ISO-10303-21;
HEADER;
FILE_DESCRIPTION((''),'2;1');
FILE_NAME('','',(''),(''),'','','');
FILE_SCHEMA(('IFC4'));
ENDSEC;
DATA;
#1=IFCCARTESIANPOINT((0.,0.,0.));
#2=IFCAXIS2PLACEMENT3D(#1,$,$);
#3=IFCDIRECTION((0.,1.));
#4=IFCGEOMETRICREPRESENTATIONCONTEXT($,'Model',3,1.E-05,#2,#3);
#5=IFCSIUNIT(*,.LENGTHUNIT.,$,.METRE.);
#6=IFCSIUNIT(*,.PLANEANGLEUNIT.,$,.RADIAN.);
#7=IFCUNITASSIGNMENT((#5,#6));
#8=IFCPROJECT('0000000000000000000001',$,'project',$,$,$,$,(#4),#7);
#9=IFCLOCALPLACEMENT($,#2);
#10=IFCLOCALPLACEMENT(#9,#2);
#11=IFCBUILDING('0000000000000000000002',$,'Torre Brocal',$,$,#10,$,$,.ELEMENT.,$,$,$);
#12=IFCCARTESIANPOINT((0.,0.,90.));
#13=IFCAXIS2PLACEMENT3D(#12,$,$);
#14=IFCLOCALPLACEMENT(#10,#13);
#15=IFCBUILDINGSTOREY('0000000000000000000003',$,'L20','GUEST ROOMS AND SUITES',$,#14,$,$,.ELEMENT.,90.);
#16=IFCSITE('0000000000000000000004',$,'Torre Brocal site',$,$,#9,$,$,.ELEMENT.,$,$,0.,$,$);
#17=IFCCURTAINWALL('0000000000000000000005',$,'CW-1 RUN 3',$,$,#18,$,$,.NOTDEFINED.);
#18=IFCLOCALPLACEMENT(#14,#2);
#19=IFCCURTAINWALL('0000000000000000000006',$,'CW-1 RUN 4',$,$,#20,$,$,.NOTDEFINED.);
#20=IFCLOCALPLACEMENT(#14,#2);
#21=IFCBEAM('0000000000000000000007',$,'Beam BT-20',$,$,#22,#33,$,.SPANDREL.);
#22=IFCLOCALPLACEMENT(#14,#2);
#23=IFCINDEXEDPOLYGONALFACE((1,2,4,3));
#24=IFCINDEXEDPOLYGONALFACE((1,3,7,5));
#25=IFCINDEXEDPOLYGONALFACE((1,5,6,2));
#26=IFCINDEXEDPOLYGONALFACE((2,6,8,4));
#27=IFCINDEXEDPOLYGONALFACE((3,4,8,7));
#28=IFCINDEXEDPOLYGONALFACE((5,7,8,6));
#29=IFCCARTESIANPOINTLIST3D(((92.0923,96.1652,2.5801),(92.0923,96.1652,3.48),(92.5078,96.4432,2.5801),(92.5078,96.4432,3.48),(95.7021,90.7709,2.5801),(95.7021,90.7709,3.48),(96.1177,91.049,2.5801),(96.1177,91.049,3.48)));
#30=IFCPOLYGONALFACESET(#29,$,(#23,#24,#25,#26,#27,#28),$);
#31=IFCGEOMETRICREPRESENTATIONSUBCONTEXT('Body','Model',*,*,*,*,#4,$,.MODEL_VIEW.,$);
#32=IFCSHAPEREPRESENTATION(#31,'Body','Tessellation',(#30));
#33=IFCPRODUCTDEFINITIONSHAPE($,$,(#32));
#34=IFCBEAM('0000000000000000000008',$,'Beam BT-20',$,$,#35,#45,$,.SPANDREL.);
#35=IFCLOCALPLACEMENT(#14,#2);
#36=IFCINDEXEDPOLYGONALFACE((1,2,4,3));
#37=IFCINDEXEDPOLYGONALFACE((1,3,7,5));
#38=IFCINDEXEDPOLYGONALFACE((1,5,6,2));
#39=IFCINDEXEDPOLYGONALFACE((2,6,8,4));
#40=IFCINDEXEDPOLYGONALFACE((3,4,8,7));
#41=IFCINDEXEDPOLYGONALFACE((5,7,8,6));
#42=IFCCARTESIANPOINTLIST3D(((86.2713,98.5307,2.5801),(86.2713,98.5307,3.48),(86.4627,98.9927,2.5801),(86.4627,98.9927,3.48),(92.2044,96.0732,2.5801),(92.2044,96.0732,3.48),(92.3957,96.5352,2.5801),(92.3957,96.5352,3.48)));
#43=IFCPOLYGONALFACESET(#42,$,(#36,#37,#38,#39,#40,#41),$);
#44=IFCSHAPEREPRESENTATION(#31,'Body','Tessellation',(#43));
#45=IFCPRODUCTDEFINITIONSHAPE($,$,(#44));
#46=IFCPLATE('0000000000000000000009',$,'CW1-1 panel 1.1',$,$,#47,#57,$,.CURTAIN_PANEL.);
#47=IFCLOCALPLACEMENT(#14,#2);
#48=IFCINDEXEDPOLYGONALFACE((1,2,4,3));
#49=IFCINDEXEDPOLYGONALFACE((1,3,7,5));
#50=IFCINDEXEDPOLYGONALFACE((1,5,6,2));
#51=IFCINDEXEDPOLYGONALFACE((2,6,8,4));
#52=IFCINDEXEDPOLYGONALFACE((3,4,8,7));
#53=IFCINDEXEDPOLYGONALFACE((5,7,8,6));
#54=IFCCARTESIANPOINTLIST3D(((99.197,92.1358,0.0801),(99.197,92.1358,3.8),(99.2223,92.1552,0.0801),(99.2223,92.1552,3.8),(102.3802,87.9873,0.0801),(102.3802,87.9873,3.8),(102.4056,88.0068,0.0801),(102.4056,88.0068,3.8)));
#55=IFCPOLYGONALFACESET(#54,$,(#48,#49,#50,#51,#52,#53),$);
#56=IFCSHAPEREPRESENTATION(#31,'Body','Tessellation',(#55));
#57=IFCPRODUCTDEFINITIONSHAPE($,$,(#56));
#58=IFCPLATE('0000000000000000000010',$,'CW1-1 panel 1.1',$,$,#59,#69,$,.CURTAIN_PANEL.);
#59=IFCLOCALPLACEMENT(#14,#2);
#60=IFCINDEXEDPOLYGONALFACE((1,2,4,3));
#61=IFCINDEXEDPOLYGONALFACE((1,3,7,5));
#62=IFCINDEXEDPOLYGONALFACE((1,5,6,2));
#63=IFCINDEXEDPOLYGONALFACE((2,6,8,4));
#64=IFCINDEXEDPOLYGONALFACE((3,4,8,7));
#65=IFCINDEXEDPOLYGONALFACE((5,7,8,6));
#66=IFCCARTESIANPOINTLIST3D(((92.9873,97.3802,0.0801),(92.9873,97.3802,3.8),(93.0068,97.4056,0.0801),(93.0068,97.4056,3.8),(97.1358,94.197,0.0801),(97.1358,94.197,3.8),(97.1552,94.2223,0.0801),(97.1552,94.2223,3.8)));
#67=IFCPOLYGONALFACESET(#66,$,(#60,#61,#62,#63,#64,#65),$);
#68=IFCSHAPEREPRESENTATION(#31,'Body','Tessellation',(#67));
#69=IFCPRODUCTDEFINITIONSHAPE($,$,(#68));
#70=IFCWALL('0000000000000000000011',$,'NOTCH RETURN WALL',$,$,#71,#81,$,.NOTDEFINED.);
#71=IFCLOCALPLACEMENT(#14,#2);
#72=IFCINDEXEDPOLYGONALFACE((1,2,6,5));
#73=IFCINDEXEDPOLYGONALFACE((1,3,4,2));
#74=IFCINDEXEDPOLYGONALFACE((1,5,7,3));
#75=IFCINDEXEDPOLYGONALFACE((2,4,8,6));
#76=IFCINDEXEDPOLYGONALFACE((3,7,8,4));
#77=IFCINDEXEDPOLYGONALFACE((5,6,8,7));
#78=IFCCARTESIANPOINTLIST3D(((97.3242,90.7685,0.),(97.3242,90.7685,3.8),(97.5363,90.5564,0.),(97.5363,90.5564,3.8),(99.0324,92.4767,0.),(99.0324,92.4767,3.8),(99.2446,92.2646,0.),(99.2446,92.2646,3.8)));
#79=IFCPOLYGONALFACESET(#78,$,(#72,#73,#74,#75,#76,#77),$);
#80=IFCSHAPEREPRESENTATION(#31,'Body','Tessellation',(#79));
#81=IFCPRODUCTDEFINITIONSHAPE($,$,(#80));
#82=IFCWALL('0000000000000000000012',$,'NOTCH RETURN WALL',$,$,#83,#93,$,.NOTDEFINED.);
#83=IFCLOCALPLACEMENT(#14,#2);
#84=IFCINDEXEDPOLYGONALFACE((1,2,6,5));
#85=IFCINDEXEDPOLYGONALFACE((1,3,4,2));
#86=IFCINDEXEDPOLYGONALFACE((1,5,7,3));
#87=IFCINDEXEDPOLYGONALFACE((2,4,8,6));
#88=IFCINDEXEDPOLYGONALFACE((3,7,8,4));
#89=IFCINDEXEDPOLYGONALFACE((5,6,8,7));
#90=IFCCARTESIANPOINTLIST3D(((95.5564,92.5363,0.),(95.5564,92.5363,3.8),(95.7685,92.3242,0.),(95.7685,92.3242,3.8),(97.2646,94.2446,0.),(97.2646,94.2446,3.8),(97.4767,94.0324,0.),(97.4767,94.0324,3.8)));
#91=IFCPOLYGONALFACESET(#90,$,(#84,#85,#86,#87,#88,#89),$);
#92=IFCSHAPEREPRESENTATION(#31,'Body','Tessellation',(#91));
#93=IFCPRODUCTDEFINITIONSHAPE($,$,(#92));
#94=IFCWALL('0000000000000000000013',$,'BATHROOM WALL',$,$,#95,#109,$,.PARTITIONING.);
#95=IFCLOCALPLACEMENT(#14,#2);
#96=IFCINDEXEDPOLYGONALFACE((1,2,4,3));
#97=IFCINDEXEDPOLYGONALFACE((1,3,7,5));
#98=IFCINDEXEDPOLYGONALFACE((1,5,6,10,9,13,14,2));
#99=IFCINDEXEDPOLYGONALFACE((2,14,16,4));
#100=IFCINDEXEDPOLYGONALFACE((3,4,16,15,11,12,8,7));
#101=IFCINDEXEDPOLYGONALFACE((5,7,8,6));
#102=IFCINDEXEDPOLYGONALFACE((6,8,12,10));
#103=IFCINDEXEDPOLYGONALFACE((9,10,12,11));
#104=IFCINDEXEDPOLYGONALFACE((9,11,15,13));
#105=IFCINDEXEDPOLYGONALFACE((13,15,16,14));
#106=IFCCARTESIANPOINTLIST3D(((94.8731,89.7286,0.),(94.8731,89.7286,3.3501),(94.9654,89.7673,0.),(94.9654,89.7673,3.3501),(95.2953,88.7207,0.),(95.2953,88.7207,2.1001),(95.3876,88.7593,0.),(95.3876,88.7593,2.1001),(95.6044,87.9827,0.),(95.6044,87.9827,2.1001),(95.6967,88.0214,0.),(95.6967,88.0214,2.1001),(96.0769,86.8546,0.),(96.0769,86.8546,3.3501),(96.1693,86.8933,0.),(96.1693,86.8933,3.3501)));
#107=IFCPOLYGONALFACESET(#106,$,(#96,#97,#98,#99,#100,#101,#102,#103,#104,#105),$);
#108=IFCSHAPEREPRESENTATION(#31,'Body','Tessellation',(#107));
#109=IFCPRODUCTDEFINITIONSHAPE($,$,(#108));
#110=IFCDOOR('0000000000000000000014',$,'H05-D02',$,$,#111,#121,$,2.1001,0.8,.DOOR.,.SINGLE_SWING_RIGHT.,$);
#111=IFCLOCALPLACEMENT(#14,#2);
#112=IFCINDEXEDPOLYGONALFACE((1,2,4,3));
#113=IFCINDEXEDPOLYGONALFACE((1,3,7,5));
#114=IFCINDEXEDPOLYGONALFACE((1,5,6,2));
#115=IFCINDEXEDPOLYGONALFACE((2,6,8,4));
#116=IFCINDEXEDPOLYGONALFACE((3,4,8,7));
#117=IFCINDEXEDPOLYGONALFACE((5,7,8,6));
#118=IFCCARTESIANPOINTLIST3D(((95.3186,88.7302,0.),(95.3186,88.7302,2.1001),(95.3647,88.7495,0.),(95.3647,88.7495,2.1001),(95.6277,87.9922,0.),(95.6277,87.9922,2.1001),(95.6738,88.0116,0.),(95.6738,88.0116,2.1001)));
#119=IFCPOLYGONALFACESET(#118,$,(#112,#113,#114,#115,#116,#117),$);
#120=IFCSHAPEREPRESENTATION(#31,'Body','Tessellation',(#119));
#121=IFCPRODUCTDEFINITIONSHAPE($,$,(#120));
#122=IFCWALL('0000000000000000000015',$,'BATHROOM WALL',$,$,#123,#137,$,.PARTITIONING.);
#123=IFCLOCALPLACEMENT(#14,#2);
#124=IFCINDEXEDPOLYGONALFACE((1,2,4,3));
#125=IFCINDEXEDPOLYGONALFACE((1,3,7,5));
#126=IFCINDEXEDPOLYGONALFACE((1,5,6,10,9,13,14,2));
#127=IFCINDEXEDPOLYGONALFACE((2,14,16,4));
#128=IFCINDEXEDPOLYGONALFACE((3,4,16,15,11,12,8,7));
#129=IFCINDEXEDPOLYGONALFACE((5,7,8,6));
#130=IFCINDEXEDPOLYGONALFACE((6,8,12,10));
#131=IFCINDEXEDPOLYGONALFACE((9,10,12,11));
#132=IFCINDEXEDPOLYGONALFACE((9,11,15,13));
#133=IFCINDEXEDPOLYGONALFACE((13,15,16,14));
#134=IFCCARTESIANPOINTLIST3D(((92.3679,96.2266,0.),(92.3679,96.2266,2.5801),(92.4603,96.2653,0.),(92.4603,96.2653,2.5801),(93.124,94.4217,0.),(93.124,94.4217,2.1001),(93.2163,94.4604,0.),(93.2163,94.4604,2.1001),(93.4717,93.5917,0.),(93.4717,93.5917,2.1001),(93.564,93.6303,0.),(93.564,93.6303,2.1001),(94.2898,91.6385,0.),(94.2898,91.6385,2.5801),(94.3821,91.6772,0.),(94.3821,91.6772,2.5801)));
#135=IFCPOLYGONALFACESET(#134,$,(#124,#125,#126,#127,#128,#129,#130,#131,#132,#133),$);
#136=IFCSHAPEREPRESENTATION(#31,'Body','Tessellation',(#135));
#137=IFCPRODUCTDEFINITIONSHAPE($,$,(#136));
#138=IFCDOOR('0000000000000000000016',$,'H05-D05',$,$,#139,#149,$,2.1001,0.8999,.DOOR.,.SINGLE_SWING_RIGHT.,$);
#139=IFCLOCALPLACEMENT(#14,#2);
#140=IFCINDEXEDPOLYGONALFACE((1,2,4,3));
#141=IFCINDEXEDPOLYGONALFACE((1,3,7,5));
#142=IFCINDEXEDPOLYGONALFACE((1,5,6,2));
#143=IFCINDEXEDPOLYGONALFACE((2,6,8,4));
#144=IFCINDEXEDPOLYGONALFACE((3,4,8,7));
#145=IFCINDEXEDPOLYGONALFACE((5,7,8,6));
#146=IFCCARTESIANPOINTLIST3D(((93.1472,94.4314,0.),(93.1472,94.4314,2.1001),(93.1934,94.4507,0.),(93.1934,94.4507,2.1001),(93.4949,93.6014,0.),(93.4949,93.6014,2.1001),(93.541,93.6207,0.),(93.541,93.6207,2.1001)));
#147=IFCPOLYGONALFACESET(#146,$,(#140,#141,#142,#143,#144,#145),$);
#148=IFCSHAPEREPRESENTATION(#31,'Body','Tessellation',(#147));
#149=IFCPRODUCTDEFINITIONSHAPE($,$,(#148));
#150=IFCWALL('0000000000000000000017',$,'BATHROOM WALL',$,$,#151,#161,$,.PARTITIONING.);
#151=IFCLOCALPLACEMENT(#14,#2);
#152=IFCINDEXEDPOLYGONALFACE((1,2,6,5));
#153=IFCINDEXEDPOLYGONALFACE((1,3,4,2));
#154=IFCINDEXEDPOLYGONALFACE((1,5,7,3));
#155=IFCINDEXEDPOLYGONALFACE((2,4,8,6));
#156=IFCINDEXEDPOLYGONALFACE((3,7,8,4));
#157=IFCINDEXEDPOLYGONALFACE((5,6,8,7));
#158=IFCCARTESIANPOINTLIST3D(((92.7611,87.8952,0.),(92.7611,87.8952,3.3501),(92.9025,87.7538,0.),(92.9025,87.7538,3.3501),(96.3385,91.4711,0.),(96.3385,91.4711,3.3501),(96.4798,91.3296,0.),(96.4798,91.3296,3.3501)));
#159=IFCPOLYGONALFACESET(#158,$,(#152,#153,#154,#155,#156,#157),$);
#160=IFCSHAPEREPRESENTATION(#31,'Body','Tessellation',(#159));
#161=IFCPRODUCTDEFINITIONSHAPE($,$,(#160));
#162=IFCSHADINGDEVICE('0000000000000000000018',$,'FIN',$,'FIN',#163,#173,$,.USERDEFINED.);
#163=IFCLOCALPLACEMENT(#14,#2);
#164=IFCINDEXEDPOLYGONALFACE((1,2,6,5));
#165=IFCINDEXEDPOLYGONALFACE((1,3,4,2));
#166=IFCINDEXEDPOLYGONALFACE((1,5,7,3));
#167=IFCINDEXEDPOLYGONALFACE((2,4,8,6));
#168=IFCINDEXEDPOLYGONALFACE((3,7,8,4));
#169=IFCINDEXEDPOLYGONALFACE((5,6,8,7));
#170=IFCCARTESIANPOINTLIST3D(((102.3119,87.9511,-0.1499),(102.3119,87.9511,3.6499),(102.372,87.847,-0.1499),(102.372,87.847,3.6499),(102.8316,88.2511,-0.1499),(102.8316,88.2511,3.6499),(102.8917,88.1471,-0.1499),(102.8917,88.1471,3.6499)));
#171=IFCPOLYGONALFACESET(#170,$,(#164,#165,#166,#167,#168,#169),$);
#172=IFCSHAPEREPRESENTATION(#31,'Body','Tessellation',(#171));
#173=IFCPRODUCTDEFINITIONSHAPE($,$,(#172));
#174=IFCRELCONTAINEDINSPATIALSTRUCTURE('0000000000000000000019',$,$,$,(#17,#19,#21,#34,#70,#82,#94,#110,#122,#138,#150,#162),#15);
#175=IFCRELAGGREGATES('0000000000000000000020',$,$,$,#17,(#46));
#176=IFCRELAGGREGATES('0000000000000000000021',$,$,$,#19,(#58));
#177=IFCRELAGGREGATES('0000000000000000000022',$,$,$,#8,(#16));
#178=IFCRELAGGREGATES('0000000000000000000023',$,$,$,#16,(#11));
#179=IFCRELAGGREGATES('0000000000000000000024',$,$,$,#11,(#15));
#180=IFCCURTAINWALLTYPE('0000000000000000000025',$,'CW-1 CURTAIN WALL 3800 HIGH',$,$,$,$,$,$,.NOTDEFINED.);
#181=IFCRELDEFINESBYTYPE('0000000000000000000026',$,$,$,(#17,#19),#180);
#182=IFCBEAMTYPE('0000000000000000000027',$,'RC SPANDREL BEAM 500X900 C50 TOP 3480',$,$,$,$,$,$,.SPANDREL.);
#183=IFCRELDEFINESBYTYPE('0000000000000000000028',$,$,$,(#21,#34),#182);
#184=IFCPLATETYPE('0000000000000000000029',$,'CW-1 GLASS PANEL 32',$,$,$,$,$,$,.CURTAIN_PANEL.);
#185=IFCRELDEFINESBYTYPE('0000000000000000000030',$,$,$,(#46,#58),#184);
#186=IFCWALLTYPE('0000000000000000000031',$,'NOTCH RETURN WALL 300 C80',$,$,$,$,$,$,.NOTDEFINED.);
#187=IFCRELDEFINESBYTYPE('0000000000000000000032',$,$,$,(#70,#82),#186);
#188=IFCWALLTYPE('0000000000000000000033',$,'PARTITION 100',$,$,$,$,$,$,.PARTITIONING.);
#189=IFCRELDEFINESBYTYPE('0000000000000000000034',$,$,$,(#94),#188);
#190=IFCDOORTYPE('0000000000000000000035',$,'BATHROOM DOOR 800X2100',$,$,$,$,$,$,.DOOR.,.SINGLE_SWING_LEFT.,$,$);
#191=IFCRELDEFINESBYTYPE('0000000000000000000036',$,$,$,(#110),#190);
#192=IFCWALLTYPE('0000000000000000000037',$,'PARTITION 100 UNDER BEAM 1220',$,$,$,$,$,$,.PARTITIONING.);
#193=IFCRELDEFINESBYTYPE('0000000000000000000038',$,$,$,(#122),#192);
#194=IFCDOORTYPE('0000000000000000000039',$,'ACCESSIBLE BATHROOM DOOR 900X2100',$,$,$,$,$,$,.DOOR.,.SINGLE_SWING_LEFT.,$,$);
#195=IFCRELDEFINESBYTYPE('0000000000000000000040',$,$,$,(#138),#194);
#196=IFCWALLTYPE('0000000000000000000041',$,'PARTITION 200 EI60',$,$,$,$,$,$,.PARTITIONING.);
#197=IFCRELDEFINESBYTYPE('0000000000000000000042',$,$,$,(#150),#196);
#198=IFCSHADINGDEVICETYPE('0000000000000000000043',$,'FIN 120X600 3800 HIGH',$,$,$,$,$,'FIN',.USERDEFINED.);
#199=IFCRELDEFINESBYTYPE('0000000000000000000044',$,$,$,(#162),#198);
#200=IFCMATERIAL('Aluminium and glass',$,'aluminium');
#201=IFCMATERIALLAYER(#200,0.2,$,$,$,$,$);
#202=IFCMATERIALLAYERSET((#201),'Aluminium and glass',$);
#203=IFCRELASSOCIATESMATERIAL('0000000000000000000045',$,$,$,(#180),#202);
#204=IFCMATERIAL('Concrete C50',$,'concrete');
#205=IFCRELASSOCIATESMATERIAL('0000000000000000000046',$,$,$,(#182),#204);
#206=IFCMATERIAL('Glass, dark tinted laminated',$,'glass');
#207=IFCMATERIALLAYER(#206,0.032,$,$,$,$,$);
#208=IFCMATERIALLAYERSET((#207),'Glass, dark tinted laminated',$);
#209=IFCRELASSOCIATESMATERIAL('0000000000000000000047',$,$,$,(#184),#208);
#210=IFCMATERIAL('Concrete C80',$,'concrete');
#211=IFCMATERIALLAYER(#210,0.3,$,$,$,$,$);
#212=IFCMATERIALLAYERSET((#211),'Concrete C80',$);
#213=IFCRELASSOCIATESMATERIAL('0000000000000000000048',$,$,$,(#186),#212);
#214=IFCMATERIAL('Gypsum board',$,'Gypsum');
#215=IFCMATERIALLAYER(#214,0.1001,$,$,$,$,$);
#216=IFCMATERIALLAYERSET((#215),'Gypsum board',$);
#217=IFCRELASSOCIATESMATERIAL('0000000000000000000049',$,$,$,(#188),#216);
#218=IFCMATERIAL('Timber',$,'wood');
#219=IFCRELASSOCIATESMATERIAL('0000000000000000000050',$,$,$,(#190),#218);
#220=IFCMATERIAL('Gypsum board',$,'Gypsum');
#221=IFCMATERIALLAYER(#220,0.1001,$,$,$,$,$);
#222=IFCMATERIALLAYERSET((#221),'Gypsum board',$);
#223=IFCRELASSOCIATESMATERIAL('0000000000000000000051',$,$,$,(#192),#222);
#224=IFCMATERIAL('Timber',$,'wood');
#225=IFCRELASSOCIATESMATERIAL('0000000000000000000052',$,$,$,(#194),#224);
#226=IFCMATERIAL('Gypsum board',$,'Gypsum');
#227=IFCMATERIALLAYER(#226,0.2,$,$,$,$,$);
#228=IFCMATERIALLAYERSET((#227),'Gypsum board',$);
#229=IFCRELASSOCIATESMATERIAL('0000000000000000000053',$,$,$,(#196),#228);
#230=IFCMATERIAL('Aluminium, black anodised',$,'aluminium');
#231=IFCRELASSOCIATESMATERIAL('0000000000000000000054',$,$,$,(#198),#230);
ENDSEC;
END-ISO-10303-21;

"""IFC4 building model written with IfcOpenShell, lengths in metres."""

from ifc_helpers import new_model, si_unit, direction, frame, frame_2d, origin, origin_2d, place, context, subcontext, project, spatial, rectangle, extrude, material, layer, layer_set, material_profile, profile_set, type_object, element, fill, aggregate, save


model = new_model("IFC4")

# Units and contexts
model_context = context("Model", 3, precision=1e-05, world=origin(), true_north=direction((0.0, 1.0)))
body_context = subcontext(model_context, "Body", "Model", "MODEL_VIEW")
ifc_project = project(units=[si_unit("LENGTHUNIT", "METRE"), si_unit("PLANEANGLEUNIT", "RADIAN")], contexts=[model_context])

# Site, building, storey
site_placement = place(None, origin())
site = spatial("IfcSite", under=ifc_project, at=site_placement, Name="Torre Brocal site", CompositionType="ELEMENT", RefElevation=0.0)
building_placement = place(site_placement, origin())
building = spatial("IfcBuilding", under=site, at=building_placement, Name="Torre Brocal", CompositionType="ELEMENT")
storey_placement = place(building_placement, frame((0.0, 0.0, 90.0)))
storey = spatial("IfcBuildingStorey", under=building, at=storey_placement, Name="L20", Description="GUEST ROOMS AND SUITES", CompositionType="ELEMENT", Elevation=90.0)

# Shared definitions
ifc_material_1 = material(Name="Aluminium and glass", Category="aluminium")
ifc_layer_1 = layer(ifc_material_1, 0.2)
ifc_layer_set_1 = layer_set([ifc_layer_1], Name="Aluminium and glass")
curtain_wall_type = type_object("IfcCurtainWallType", Name="CW-1 CURTAIN WALL 3800 HIGH", PredefinedType="NOTDEFINED", material=ifc_layer_set_1)

# Curtain walls
curtain_wall_1_placement = place(storey_placement, origin())
curtain_wall_1 = element("IfcCurtainWall", 1, at=curtain_wall_1_placement, inside=storey, type_object=curtain_wall_type, Name="CW-1 RUN 3", PredefinedType="NOTDEFINED")
curtain_wall_2_placement = place(storey_placement, origin())
curtain_wall_2 = element("IfcCurtainWall", 2, at=curtain_wall_2_placement, inside=storey, type_object=curtain_wall_type, Name="CW-1 RUN 4", PredefinedType="NOTDEFINED")

# Beams
ifc_material_2 = material(Name="Concrete C50", Category="concrete")
ifc_material_profile_1 = material_profile(ifc_material_2, rectangle(XDim=0.5, YDim=0.8999, at=origin_2d()), Name="RC 500X900")
ifc_profile_set_1 = profile_set([ifc_material_profile_1], Name="Concrete C50")
beam_type_1 = type_object("IfcBeamType", Name="RC SPANDREL BEAM 500X900 C50 TOP 3480", PredefinedType="SPANDREL", material=ifc_profile_set_1)
beam_1_placement = place(storey_placement, frame((95.9099, 90.9099, 3.03), z_axis=(-0.556158, 0.831077, 0.0), x_axis=(-0.831077, -0.556158, 0.0)))
element("IfcBeam", 3, at=beam_1_placement, inside=storey, type_object=beam_type_1, Name="Beam BT-20", PredefinedType="SPANDREL", context=body_context, shape_type="SweptSolid", body=[
    extrude(rectangle(XDim=0.5, YDim=0.8999, at=origin_2d()), origin(), (0.0, 0.0, 1.0), 6.4907),
])
beam_2_placement = place(storey_placement, frame((92.3, 96.3042, 3.03), z_axis=(-0.923882, 0.382676, 0.0), x_axis=(-0.382676, -0.923882, 0.0)))
element("IfcBeam", 4, at=beam_2_placement, inside=storey, type_object=beam_type_1, Name="Beam BT-20", PredefinedType="SPANDREL", context=body_context, shape_type="SweptSolid", body=[
    extrude(rectangle(XDim=0.5, YDim=0.8999, at=origin_2d()), origin(), (0.0, 0.0, 1.0), 6.4219),
])

# Plates
ifc_material_3 = material(Name="Glass, dark tinted laminated", Category="glass")
ifc_layer_2 = layer(ifc_material_3, 0.032)
ifc_layer_set_2 = layer_set([ifc_layer_2], Name="Glass, dark tinted laminated")
plate_type = type_object("IfcPlateType", Name="CW-1 GLASS PANEL 32", PredefinedType="CURTAIN_PANEL", material=ifc_layer_set_2)
plate_1_placement = place(storey_placement, frame((100.8013, 90.0713, 0.0801), z_axis=(0.0, 0.0, 1.0), x_axis=(-0.608761, 0.793353, 0.0)))
plate_1 = element("IfcPlate", 5, at=plate_1_placement, type_object=plate_type, Name="CW1-1 panel 1.1", PredefinedType="CURTAIN_PANEL", context=body_context, shape_type="SweptSolid", body=[
    extrude(rectangle(XDim=5.229, YDim=0.032, at=origin_2d()), origin(), (0.0, 0.0, 1.0), 3.72),
])
aggregate(curtain_wall_1, [plate_1])
plate_2_placement = place(storey_placement, frame((95.0713, 95.8013, 0.0801), z_axis=(0.0, 0.0, 1.0), x_axis=(-0.793353, 0.608761, 0.0)))
plate_2 = element("IfcPlate", 6, at=plate_2_placement, type_object=plate_type, Name="CW1-1 panel 1.1", PredefinedType="CURTAIN_PANEL", context=body_context, shape_type="SweptSolid", body=[
    extrude(rectangle(XDim=5.229, YDim=0.032, at=origin_2d()), origin(), (0.0, 0.0, 1.0), 3.72),
])
aggregate(curtain_wall_2, [plate_2])

# Walls
ifc_material_4 = material(Name="Concrete C80", Category="concrete")
ifc_layer_3 = layer(ifc_material_4, 0.3)
ifc_layer_set_3 = layer_set([ifc_layer_3], Name="Concrete C80")
wall_type_1 = type_object("IfcWallType", Name="NOTCH RETURN WALL 300 C80", PredefinedType="NOTDEFINED", material=ifc_layer_set_3)
for number, where, z_axis, x_axis, name in (
    (7, (97.4302, 90.6624, 0.0), (0.0, 0.0, 1.0), (0.707107, 0.707107, 0.0), "NOTCH RETURN WALL"),
    (8, (95.6624, 92.4302, 0.0), (0.0, 0.0, 1.0), (0.707107, 0.707107, 0.0), "NOTCH RETURN WALL"),
):
    element("IfcWall", number, at=place(storey_placement, frame(where, z_axis=z_axis, x_axis=x_axis)), inside=storey, type_object=wall_type_1, Name=name, PredefinedType="NOTDEFINED", context=body_context, shape_type="SweptSolid", body=[
        extrude(rectangle(XDim=2.4158, YDim=0.3, at=frame_2d((1.208, 0.0))), origin(), (0.0, 0.0, 1.0), 3.8),
    ])

# Walls, openings, doors
ifc_material_5 = material(Name="Gypsum board", Category="Gypsum")
ifc_layer_4 = layer(ifc_material_5, 0.1001)
ifc_layer_set_4 = layer_set([ifc_layer_4], Name="Gypsum board")
wall_type_2 = type_object("IfcWallType", Name="PARTITION 100", PredefinedType="PARTITIONING", material=ifc_layer_set_4)
wall_1_placement = place(storey_placement, frame((94.9192, 89.748, 0.0), z_axis=(0.0, 0.0, 1.0), x_axis=(0.38635, -0.922352, 0.0)))
wall_1 = element("IfcWall", 9, at=wall_1_placement, inside=storey, type_object=wall_type_2, Name="BATHROOM WALL", PredefinedType="PARTITIONING", context=body_context, shape_type="SweptSolid", body=[
    extrude(rectangle(XDim=3.116, YDim=0.1001, at=frame_2d((1.5581, 0.0))), origin(), (0.0, 0.0, 1.0), 3.3501),
])
opening_1_placement = place(wall_1_placement, frame((1.093, 0.0, 0.0)))
opening_1 = element("IfcOpeningElement", 10, at=opening_1_placement, cuts=wall_1, PredefinedType="OPENING", context=body_context, shape_type="SweptSolid", body=[
    extrude(rectangle(XDim=0.8, YDim=2.1001, at=frame_2d((0.3999, 1.05))), frame((0.0, 0.0601, 0.0), z_axis=(0.0, -1.0, 0.0), x_axis=(1.0, 0.0, 0.0)), (0.0, 0.0, 1.0), 0.1201),
])
ifc_material_6 = material(Name="Timber", Category="wood")
door_type_1 = type_object("IfcDoorType", Name="BATHROOM DOOR 800X2100", OperationType="SINGLE_SWING_LEFT", PredefinedType="DOOR", material=ifc_material_6)
door_1_placement = place(opening_1_placement, frame((0.8, 0.0, 0.0), z_axis=(0.0, 0.0, 1.0), x_axis=(-1.0, 0.0, 0.0)))
door_1 = element("IfcDoor", 11, at=door_1_placement, inside=storey, type_object=door_type_1, Name="H05-D02", OperationType="SINGLE_SWING_RIGHT", OverallHeight=2.1001, OverallWidth=0.8, PredefinedType="DOOR", context=body_context, shape_type="SweptSolid", body=[
    extrude(rectangle(XDim=0.8, YDim=2.1001, at=frame_2d((0.3999, 1.05))), frame((0.0, 0.0249, 0.0), z_axis=(0.0, -1.0, 0.0), x_axis=(1.0, 0.0, 0.0)), (0.0, 0.0, 1.0), 0.05),
])
fill(opening_1, door_1)
ifc_material_7 = material(Name="Gypsum board", Category="Gypsum")
ifc_layer_5 = layer(ifc_material_7, 0.1001)
ifc_layer_set_5 = layer_set([ifc_layer_5], Name="Gypsum board")
wall_type_3 = type_object("IfcWallType", Name="PARTITION 100 UNDER BEAM 1220", PredefinedType="PARTITIONING", material=ifc_layer_set_5)
wall_2_placement = place(storey_placement, frame((92.4141, 96.2461, 0.0), z_axis=(0.0, 0.0, 1.0), x_axis=(0.386354, -0.922351, 0.0)))
wall_2 = element("IfcWall", 12, at=wall_2_placement, inside=storey, type_object=wall_type_3, Name="BATHROOM WALL", PredefinedType="PARTITIONING", context=body_context, shape_type="SweptSolid", body=[
    extrude(rectangle(XDim=4.9744, YDim=0.1001, at=frame_2d((2.4873, 0.0))), origin(), (0.0, 0.0, 1.0), 2.5801),
])
opening_2_placement = place(wall_2_placement, frame((1.957, 0.0, 0.0)))
opening_2 = element("IfcOpeningElement", 13, at=opening_2_placement, cuts=wall_2, PredefinedType="OPENING", context=body_context, shape_type="SweptSolid", body=[
    extrude(rectangle(XDim=0.8999, YDim=2.1001, at=frame_2d((0.45, 1.05))), frame((0.0, 0.0601, 0.0), z_axis=(0.0, -1.0, 0.0), x_axis=(1.0, 0.0, 0.0)), (0.0, 0.0, 1.0), 0.1201),
])
ifc_material_8 = material(Name="Timber", Category="wood")
door_type_2 = type_object("IfcDoorType", Name="ACCESSIBLE BATHROOM DOOR 900X2100", OperationType="SINGLE_SWING_LEFT", PredefinedType="DOOR", material=ifc_material_8)
door_2_placement = place(opening_2_placement, frame((0.8999, 0.0, 0.0), z_axis=(0.0, 0.0, 1.0), x_axis=(-1.0, 0.0, 0.0)))
door_2 = element("IfcDoor", 14, at=door_2_placement, inside=storey, type_object=door_type_2, Name="H05-D05", OperationType="SINGLE_SWING_RIGHT", OverallHeight=2.1001, OverallWidth=0.8999, PredefinedType="DOOR", context=body_context, shape_type="SweptSolid", body=[
    extrude(rectangle(XDim=0.8999, YDim=2.1001, at=frame_2d((0.45, 1.05))), frame((0.0, 0.0249, 0.0), z_axis=(0.0, -1.0, 0.0), x_axis=(1.0, 0.0, 0.0)), (0.0, 0.0, 1.0), 0.05),
])
fill(opening_2, door_2)

# Wall
ifc_material_9 = material(Name="Gypsum board", Category="Gypsum")
ifc_layer_6 = layer(ifc_material_9, 0.2)
ifc_layer_set_6 = layer_set([ifc_layer_6], Name="Gypsum board")
wall_type_4 = type_object("IfcWallType", Name="PARTITION 200 EI60", PredefinedType="PARTITIONING", material=ifc_layer_set_6)
wall_3_placement = place(storey_placement, frame((92.8318, 87.8245, 0.0), z_axis=(0.0, 0.0, 1.0), x_axis=(0.707252, 0.706962, 0.0)))
element("IfcWall", 15, at=wall_3_placement, inside=storey, type_object=wall_type_4, Name="BATHROOM WALL", PredefinedType="PARTITIONING", context=body_context, shape_type="SweptSolid", body=[
    extrude(rectangle(XDim=5.0581, YDim=0.2, at=frame_2d((2.5291, 0.0))), origin(), (0.0, 0.0, 1.0), 3.3501),
])

# Shading device
ifc_material_10 = material(Name="Aluminium, black anodised", Category="aluminium")
ifc_material_profile_2 = material_profile(ifc_material_10, rectangle(XDim=0.1201, YDim=0.6001, at=origin_2d()), Name="FIN 120X600 3800 HIGH")
ifc_profile_set_2 = profile_set([ifc_material_profile_2], Name="Aluminium, black anodised")
shading_device_type = type_object("IfcShadingDeviceType", Name="FIN 120X600 3800 HIGH", ElementType="FIN", PredefinedType="USERDEFINED", material=ifc_profile_set_2)
for number, where, z_axis, x_axis, name in (
    (16, (102.6018, 88.0491, -0.1499), (0.0, 0.0, 1.0), (-0.5, 0.866025, 0.0), "FIN"),
):
    element("IfcShadingDevice", number, at=place(storey_placement, frame(where, z_axis=z_axis, x_axis=x_axis)), inside=storey, type_object=shading_device_type, Name=name, ObjectType="FIN", PredefinedType="USERDEFINED", context=body_context, shape_type="SweptSolid", body=[
        extrude(rectangle(XDim=0.1201, YDim=0.6001, at=origin_2d()), origin(), (0.0, 0.0, 1.0), 3.7998),
    ])

save(model, "model.ifc")
